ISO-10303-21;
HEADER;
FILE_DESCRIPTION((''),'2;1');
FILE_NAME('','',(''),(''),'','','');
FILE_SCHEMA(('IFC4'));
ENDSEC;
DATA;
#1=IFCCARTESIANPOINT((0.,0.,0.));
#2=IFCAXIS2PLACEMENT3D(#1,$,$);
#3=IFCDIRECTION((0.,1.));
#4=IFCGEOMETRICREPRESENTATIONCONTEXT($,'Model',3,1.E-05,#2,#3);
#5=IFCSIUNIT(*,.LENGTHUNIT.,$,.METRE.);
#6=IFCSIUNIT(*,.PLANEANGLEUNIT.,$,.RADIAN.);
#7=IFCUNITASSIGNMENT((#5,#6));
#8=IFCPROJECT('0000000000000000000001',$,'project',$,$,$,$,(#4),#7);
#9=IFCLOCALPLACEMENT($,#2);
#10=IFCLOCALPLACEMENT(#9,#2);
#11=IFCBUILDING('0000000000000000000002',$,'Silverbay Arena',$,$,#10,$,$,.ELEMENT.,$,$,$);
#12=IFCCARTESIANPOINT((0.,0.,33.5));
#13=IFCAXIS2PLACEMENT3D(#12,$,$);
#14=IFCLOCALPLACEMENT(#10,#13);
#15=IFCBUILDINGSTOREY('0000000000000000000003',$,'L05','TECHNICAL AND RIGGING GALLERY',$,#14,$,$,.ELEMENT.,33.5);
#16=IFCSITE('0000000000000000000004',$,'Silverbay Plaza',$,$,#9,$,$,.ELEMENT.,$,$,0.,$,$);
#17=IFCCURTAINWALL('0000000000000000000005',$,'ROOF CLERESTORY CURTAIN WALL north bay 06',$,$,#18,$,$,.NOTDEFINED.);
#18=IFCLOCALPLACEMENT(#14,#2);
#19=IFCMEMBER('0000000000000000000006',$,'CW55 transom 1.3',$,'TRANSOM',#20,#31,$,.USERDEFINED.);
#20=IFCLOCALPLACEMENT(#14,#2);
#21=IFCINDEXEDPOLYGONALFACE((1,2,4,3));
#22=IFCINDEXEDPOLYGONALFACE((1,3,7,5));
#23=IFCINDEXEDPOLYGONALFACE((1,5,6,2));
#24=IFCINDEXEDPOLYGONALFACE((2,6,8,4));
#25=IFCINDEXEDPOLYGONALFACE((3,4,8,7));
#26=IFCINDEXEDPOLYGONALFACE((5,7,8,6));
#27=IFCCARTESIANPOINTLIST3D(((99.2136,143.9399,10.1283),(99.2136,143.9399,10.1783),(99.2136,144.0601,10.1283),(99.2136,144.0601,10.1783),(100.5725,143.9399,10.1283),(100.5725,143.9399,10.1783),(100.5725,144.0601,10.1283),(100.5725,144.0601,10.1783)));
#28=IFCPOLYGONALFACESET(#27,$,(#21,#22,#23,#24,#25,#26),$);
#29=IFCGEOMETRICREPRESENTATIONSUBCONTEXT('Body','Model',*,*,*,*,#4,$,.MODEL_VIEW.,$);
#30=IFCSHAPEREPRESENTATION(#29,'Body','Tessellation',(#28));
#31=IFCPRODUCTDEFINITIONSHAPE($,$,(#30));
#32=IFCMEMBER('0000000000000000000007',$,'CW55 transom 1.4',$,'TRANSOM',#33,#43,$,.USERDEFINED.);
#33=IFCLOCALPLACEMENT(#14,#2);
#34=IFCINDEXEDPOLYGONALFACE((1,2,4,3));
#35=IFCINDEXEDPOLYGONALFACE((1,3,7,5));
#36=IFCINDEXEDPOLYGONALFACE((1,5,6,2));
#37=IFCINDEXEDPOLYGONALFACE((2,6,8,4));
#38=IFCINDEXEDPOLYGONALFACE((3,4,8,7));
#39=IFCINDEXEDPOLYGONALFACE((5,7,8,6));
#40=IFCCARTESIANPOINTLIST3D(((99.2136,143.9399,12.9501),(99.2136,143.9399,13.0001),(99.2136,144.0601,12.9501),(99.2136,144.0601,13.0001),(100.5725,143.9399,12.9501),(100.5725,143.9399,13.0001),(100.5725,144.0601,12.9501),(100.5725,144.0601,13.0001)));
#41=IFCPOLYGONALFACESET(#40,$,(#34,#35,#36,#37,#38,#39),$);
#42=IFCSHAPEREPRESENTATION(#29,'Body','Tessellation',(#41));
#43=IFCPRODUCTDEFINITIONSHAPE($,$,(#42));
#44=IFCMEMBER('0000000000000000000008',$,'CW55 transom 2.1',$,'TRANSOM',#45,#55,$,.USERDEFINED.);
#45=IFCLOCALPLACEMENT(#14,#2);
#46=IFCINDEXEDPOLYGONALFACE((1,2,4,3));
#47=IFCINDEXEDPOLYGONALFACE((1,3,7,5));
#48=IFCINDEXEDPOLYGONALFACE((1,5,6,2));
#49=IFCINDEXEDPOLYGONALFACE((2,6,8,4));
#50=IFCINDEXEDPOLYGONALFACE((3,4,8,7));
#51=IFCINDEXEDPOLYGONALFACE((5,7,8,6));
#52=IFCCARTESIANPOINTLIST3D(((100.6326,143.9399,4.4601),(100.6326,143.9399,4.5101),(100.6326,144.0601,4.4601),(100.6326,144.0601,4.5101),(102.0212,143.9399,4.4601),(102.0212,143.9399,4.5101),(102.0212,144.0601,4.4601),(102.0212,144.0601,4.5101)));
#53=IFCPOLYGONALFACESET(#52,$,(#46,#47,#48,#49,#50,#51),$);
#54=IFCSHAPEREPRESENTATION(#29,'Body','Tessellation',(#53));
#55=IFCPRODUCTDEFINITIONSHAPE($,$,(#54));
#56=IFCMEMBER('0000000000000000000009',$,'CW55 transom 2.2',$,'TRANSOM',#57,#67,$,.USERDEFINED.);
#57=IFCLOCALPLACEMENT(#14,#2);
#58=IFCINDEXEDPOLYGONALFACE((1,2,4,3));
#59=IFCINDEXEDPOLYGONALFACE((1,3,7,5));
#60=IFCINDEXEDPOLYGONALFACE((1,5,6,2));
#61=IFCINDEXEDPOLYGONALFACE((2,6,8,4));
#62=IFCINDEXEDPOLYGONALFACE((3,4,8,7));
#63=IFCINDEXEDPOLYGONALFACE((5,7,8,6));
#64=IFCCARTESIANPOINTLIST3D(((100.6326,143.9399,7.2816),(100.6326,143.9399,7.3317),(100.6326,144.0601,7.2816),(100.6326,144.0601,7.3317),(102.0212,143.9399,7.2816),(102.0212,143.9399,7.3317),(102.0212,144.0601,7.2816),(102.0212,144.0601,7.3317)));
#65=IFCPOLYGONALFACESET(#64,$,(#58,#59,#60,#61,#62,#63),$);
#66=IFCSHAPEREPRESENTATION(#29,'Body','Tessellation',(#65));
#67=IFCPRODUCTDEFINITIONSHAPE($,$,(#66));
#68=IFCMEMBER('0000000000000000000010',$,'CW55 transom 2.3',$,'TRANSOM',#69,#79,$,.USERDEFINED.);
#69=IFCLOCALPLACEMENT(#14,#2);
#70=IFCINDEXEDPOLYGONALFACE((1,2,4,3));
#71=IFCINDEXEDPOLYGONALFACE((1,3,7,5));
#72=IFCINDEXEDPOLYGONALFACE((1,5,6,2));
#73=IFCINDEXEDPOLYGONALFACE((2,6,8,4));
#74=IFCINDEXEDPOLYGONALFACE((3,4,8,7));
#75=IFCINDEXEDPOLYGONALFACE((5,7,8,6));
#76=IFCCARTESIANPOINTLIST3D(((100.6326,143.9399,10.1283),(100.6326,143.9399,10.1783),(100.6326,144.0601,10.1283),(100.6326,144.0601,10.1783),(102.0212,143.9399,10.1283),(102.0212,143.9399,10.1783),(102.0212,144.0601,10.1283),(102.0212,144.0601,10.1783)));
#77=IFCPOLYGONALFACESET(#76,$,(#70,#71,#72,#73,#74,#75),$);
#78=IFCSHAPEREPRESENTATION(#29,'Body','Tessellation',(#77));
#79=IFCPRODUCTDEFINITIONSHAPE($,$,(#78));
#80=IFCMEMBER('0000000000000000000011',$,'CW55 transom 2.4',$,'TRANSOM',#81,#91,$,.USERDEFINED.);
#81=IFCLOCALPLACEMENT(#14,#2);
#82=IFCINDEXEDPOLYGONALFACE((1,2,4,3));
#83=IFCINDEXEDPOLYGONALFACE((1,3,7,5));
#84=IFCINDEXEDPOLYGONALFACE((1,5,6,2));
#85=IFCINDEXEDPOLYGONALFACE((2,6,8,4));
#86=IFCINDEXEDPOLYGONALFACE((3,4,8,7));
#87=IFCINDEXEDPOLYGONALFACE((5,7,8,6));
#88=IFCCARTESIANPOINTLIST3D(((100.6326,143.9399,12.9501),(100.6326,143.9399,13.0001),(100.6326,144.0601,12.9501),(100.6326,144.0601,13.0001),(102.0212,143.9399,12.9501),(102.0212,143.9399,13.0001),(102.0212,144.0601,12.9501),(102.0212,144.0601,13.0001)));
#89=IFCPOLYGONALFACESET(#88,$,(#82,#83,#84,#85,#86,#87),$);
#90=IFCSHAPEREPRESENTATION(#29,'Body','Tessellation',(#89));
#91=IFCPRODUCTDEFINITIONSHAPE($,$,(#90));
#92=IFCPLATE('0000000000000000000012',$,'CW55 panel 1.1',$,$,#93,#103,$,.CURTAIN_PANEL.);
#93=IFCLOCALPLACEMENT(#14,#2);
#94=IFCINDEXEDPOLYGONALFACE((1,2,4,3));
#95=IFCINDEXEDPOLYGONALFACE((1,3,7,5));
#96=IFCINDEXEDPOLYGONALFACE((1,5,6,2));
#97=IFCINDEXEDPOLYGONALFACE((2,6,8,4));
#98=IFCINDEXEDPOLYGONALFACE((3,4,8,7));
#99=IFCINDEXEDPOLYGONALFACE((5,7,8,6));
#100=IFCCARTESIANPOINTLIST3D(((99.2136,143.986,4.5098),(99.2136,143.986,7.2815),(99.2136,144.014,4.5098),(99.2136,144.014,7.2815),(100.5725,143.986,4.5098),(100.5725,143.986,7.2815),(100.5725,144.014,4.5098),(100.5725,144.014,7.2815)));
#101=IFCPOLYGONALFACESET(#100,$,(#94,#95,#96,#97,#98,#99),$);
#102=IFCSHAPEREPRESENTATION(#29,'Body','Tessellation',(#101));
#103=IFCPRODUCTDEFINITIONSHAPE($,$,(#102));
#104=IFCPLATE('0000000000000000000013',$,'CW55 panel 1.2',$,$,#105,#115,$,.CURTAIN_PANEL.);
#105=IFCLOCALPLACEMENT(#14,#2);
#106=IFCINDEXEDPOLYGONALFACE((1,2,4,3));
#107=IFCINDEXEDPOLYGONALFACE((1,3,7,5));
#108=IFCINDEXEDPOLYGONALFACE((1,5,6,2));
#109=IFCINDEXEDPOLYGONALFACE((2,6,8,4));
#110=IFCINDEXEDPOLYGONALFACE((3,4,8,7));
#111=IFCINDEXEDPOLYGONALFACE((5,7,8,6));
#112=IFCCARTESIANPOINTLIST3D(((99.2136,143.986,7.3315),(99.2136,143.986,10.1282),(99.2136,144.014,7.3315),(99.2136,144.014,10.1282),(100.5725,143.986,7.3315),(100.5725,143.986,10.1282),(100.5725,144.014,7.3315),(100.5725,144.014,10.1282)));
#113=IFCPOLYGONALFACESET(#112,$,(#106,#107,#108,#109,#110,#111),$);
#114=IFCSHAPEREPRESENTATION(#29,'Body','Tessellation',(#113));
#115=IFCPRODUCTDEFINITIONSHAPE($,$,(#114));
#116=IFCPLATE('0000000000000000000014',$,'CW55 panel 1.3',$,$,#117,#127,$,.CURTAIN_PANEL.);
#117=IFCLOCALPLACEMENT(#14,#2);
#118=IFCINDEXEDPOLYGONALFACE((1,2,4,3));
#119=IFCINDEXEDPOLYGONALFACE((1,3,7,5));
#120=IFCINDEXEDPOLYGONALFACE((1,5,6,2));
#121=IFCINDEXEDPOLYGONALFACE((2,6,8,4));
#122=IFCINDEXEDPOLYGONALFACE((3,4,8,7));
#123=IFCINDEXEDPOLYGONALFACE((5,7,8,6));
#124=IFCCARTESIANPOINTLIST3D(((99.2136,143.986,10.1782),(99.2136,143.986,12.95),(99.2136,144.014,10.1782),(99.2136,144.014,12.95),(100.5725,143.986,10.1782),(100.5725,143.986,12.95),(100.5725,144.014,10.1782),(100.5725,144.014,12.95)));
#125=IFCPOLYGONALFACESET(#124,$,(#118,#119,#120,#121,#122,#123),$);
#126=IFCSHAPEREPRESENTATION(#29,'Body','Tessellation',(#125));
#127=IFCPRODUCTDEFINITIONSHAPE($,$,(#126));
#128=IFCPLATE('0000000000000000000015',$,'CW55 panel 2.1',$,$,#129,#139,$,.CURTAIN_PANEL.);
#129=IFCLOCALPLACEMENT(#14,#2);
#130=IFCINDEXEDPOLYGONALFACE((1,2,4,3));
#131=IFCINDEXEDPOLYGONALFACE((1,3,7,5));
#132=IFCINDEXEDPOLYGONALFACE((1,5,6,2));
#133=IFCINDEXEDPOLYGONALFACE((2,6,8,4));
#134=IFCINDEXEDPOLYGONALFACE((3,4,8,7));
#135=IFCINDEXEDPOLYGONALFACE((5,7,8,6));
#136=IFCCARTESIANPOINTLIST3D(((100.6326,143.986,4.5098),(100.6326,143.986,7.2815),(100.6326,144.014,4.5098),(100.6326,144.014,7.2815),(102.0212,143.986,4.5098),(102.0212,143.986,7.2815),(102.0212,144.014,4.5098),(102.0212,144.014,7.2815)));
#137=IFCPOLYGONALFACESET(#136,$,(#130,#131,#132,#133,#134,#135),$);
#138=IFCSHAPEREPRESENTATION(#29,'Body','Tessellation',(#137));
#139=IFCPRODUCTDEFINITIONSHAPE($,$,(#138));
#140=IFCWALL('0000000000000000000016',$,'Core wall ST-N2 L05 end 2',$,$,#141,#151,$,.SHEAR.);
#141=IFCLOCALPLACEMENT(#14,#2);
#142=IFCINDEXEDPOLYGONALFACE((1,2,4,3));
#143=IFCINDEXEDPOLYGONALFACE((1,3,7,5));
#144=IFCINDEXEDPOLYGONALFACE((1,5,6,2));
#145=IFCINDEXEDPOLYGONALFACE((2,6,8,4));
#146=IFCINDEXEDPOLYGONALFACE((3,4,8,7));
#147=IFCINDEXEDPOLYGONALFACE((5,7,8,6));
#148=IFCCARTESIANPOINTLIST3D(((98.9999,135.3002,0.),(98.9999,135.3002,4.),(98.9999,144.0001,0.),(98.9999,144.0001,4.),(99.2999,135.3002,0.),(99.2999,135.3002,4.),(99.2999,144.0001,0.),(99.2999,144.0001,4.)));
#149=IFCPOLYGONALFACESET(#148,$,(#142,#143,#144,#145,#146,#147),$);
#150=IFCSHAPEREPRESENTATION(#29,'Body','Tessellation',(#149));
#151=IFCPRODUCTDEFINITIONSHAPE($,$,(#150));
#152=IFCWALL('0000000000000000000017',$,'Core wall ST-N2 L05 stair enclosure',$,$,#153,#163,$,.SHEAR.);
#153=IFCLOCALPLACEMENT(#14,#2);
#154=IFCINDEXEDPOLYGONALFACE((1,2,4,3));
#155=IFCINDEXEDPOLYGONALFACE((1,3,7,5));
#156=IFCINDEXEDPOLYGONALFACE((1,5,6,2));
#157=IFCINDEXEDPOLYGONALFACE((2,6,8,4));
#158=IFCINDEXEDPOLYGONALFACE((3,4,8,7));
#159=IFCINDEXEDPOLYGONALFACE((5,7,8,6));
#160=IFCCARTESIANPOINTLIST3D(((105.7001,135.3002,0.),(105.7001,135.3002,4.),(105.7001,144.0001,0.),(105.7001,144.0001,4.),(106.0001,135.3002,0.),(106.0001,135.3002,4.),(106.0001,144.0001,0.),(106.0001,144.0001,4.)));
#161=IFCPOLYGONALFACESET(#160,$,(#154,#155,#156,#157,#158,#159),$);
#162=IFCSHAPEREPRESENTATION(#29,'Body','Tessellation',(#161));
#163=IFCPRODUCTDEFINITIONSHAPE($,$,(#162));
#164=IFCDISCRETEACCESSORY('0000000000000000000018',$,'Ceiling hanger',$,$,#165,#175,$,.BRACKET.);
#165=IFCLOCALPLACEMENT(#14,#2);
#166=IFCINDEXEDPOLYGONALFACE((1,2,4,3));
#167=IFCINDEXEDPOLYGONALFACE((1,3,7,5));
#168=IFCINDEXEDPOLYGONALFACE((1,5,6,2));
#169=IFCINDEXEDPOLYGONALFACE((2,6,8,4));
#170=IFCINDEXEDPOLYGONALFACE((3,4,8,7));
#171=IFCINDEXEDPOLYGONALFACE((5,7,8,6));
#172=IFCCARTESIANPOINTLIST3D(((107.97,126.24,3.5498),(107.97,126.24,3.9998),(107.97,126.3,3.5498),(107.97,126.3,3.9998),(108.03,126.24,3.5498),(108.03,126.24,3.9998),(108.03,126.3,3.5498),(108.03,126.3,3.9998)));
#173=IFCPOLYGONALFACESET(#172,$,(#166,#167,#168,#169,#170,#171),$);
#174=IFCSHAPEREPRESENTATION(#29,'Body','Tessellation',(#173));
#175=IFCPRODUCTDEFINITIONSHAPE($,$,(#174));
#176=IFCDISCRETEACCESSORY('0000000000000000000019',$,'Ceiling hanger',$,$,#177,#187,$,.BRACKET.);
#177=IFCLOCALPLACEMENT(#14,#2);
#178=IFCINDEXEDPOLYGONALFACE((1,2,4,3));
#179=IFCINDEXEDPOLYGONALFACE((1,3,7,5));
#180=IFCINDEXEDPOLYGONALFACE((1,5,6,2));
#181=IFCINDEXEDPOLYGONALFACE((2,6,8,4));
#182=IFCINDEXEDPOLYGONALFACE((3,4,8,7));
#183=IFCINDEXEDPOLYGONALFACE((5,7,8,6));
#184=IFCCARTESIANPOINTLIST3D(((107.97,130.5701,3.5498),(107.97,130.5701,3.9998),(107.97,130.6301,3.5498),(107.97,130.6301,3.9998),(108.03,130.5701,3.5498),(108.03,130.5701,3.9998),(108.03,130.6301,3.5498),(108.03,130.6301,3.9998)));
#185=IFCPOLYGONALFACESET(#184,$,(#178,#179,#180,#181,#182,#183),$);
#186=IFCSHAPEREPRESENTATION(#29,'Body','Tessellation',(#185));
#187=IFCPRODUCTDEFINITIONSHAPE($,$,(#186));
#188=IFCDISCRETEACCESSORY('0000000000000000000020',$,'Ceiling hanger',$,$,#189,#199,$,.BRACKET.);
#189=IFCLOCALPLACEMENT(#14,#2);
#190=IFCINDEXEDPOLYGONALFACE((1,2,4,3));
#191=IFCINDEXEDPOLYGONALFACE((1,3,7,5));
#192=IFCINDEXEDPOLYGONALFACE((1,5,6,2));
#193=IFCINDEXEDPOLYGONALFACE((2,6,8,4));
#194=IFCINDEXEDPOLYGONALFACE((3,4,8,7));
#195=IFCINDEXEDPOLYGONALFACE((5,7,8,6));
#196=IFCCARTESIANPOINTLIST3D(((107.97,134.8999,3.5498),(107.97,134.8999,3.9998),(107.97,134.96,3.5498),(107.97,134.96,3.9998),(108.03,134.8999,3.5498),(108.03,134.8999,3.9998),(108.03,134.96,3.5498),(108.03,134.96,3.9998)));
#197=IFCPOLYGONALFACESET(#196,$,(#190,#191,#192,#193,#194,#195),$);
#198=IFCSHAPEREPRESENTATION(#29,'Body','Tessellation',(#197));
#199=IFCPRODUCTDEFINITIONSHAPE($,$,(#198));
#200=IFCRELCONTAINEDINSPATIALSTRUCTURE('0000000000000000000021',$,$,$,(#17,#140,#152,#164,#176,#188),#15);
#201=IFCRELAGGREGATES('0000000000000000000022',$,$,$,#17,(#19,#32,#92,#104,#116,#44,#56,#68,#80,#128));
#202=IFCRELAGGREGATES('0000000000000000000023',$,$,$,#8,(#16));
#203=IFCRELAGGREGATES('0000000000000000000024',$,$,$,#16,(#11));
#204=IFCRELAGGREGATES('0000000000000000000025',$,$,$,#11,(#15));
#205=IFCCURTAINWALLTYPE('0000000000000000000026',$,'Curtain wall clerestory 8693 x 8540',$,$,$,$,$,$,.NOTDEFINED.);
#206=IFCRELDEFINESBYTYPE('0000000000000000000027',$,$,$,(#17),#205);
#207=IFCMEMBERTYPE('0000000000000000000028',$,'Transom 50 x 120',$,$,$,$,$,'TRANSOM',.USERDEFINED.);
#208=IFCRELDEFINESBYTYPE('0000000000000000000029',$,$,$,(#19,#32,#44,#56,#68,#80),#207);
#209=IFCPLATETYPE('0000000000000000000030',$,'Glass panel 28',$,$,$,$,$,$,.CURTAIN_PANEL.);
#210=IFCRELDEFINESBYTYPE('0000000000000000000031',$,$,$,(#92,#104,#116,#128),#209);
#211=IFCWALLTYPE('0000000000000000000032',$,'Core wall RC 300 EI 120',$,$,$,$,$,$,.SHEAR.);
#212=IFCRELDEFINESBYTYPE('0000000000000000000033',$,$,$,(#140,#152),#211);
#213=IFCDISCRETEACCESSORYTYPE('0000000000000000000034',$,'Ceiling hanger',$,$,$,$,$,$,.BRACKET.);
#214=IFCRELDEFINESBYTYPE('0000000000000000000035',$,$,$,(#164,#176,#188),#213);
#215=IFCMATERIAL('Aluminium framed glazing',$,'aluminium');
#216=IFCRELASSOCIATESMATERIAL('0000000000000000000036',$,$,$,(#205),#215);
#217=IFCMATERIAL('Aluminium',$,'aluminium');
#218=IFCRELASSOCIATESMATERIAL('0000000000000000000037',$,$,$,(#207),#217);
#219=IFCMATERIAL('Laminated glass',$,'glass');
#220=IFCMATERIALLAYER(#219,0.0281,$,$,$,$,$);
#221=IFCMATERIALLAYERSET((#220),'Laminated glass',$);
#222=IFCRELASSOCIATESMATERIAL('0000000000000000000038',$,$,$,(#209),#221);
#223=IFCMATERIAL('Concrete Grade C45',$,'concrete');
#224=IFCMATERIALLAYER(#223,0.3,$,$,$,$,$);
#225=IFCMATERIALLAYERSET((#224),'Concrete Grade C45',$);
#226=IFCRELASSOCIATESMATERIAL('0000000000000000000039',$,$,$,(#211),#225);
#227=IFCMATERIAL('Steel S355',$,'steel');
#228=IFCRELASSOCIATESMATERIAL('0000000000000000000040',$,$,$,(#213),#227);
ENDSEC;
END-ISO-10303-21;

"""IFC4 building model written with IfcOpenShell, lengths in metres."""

from ifc_helpers import new_model, si_unit, direction, frame, frame_2d, origin, origin_2d, place, context, subcontext, project, spatial, rectangle, extrude, material, layer, layer_set, material_profile, profile_set, type_object, element, aggregate, save


model = new_model("IFC4")

# Units and contexts
model_context = context("Model", 3, precision=1e-05, world=origin(), true_north=direction((0.0, 1.0)))
body_context = subcontext(model_context, "Body", "Model", "MODEL_VIEW")
ifc_project = project(units=[si_unit("LENGTHUNIT", "METRE"), si_unit("PLANEANGLEUNIT", "RADIAN")], contexts=[model_context])

# Site, building, storey
site_placement = place(None, origin())
site = spatial("IfcSite", under=ifc_project, at=site_placement, Name="Silverbay Plaza", CompositionType="ELEMENT", RefElevation=0.0)
building_placement = place(site_placement, origin())
building = spatial("IfcBuilding", under=site, at=building_placement, Name="Silverbay Arena", CompositionType="ELEMENT")
storey_placement = place(building_placement, frame((0.0, 0.0, 33.5)))
storey = spatial("IfcBuildingStorey", under=building, at=storey_placement, Name="L05", Description="TECHNICAL AND RIGGING GALLERY", CompositionType="ELEMENT", Elevation=33.5)

# Curtain wall
ifc_material_1 = material(Name="Aluminium framed glazing", Category="aluminium")
curtain_wall_type = type_object("IfcCurtainWallType", Name="Curtain wall clerestory 8693 x 8540", PredefinedType="NOTDEFINED", material=ifc_material_1)
curtain_wall_placement = place(storey_placement, origin())
curtain_wall = element("IfcCurtainWall", 1, at=curtain_wall_placement, inside=storey, type_object=curtain_wall_type, Name="ROOF CLERESTORY CURTAIN WALL north bay 06", PredefinedType="NOTDEFINED")

# Members
ifc_material_2 = material(Name="Aluminium", Category="aluminium")
ifc_material_profile_1 = material_profile(ifc_material_2, rectangle(XDim=0.1201, YDim=0.05, at=origin_2d()), Name="Transom 50 x 120")
ifc_profile_set_1 = profile_set([ifc_material_profile_1], Name="Aluminium")
member_type_1 = type_object("IfcMemberType", Name="Transom 50 x 120", ElementType="TRANSOM", PredefinedType="USERDEFINED", material=ifc_profile_set_1)
member_1_placement = place(storey_placement, frame((99.2136, 144.0, 10.1533), z_axis=(1.0, 0.0, 0.0), x_axis=(0.0, 1.0, 0.0)))
member_1 = element("IfcMember", 2, at=member_1_placement, type_object=member_type_1, Name="CW55 transom 1.3", ObjectType="TRANSOM", PredefinedType="USERDEFINED", context=body_context, shape_type="SweptSolid", body=[
    extrude(rectangle(XDim=0.1201, YDim=0.05, at=origin_2d()), origin(), (0.0, 0.0, 1.0), 1.3589),
])
member_2_placement = place(storey_placement, frame((99.2136, 144.0, 12.9751), z_axis=(1.0, 0.0, 0.0), x_axis=(0.0, 1.0, 0.0)))
member_2 = element("IfcMember", 3, at=member_2_placement, type_object=member_type_1, Name="CW55 transom 1.4", ObjectType="TRANSOM", PredefinedType="USERDEFINED", context=body_context, shape_type="SweptSolid", body=[
    extrude(rectangle(XDim=0.1201, YDim=0.05, at=origin_2d()), origin(), (0.0, 0.0, 1.0), 1.3589),
])
member_3_placement = place(storey_placement, frame((100.6326, 144.0, 4.4851), z_axis=(1.0, 0.0, 0.0), x_axis=(0.0, 1.0, 0.0)))
member_3 = element("IfcMember", 4, at=member_3_placement, type_object=member_type_1, Name="CW55 transom 2.1", ObjectType="TRANSOM", PredefinedType="USERDEFINED", context=body_context, shape_type="SweptSolid", body=[
    extrude(rectangle(XDim=0.1201, YDim=0.05, at=origin_2d()), origin(), (0.0, 0.0, 1.0), 1.3887),
])
member_4_placement = place(storey_placement, frame((100.6326, 144.0, 7.3066), z_axis=(1.0, 0.0, 0.0), x_axis=(0.0, 1.0, 0.0)))
member_4 = element("IfcMember", 5, at=member_4_placement, type_object=member_type_1, Name="CW55 transom 2.2", ObjectType="TRANSOM", PredefinedType="USERDEFINED", context=body_context, shape_type="SweptSolid", body=[
    extrude(rectangle(XDim=0.1201, YDim=0.05, at=origin_2d()), origin(), (0.0, 0.0, 1.0), 1.3887),
])
member_5_placement = place(storey_placement, frame((100.6326, 144.0, 10.1533), z_axis=(1.0, 0.0, 0.0), x_axis=(0.0, 1.0, 0.0)))
member_5 = element("IfcMember", 6, at=member_5_placement, type_object=member_type_1, Name="CW55 transom 2.3", ObjectType="TRANSOM", PredefinedType="USERDEFINED", context=body_context, shape_type="SweptSolid", body=[
    extrude(rectangle(XDim=0.1201, YDim=0.05, at=origin_2d()), origin(), (0.0, 0.0, 1.0), 1.3887),
])
member_6_placement = place(storey_placement, frame((100.6326, 144.0, 12.9751), z_axis=(1.0, 0.0, 0.0), x_axis=(0.0, 1.0, 0.0)))
member_6 = element("IfcMember", 7, at=member_6_placement, type_object=member_type_1, Name="CW55 transom 2.4", ObjectType="TRANSOM", PredefinedType="USERDEFINED", context=body_context, shape_type="SweptSolid", body=[
    extrude(rectangle(XDim=0.1201, YDim=0.05, at=origin_2d()), origin(), (0.0, 0.0, 1.0), 1.3887),
])

# Plates
ifc_material_3 = material(Name="Laminated glass", Category="glass")
ifc_layer_1 = layer(ifc_material_3, 0.0281)
ifc_layer_set_1 = layer_set([ifc_layer_1], Name="Laminated glass")
plate_type = type_object("IfcPlateType", Name="Glass panel 28", PredefinedType="CURTAIN_PANEL", material=ifc_layer_set_1)
plate_1_placement = place(storey_placement, frame((99.8931, 144.0, 4.5098), z_axis=(0.0, 0.0, 1.0), x_axis=(1.0, 0.0, 0.0)))
plate_1 = element("IfcPlate", 8, at=plate_1_placement, type_object=plate_type, Name="CW55 panel 1.1", PredefinedType="CURTAIN_PANEL", context=body_context, shape_type="SweptSolid", body=[
    extrude(rectangle(XDim=1.3589, YDim=0.0281, at=origin_2d()), origin(), (0.0, 0.0, 1.0), 2.7717),
])
plate_2_placement = place(storey_placement, frame((99.8931, 144.0, 7.3315), z_axis=(0.0, 0.0, 1.0), x_axis=(1.0, 0.0, 0.0)))
plate_2 = element("IfcPlate", 9, at=plate_2_placement, type_object=plate_type, Name="CW55 panel 1.2", PredefinedType="CURTAIN_PANEL", context=body_context, shape_type="SweptSolid", body=[
    extrude(rectangle(XDim=1.3589, YDim=0.0281, at=origin_2d()), origin(), (0.0, 0.0, 1.0), 2.7966),
])
plate_3_placement = place(storey_placement, frame((99.8931, 144.0, 10.1782), z_axis=(0.0, 0.0, 1.0), x_axis=(1.0, 0.0, 0.0)))
plate_3 = element("IfcPlate", 10, at=plate_3_placement, type_object=plate_type, Name="CW55 panel 1.3", PredefinedType="CURTAIN_PANEL", context=body_context, shape_type="SweptSolid", body=[
    extrude(rectangle(XDim=1.3589, YDim=0.0281, at=origin_2d()), origin(), (0.0, 0.0, 1.0), 2.7717),
])
plate_4_placement = place(storey_placement, frame((101.3269, 144.0, 4.5098), z_axis=(0.0, 0.0, 1.0), x_axis=(1.0, 0.0, 0.0)))
plate_4 = element("IfcPlate", 11, at=plate_4_placement, type_object=plate_type, Name="CW55 panel 2.1", PredefinedType="CURTAIN_PANEL", context=body_context, shape_type="SweptSolid", body=[
    extrude(rectangle(XDim=1.3887, YDim=0.0281, at=origin_2d()), origin(), (0.0, 0.0, 1.0), 2.7717),
])
aggregate(curtain_wall, [member_1, member_2, plate_1, plate_2, plate_3, member_3, member_4, member_5, member_6, plate_4])

# Walls
ifc_material_4 = material(Name="Concrete Grade C45", Category="concrete")
ifc_layer_2 = layer(ifc_material_4, 0.3)
ifc_layer_set_2 = layer_set([ifc_layer_2], Name="Concrete Grade C45")
wall_type = type_object("IfcWallType", Name="Core wall RC 300 EI 120", PredefinedType="SHEAR", material=ifc_layer_set_2)
for number, where, z_axis, x_axis, name in (
    (12, (99.1499, 135.3, 0.0), (0.0, 0.0, 1.0), (0.0, 1.0, 0.0), "Core wall ST-N2 L05 end 2"),
    (13, (105.8501, 135.3, 0.0), (0.0, 0.0, 1.0), (0.0, 1.0, 0.0), "Core wall ST-N2 L05 stair enclosure"),
):
    element("IfcWall", number, at=place(storey_placement, frame(where, z_axis=z_axis, x_axis=x_axis)), inside=storey, type_object=wall_type, Name=name, PredefinedType="SHEAR", context=body_context, shape_type="SweptSolid", body=[
        extrude(rectangle(XDim=8.7, YDim=0.3, at=frame_2d((4.3501, 0.0))), origin(), (0.0, 0.0, 1.0), 4.0),
    ])

# Discrete accessories
ifc_material_5 = material(Name="Steel S355", Category="steel")
discrete_accessory_type = type_object("IfcDiscreteAccessoryType", Name="Ceiling hanger", PredefinedType="BRACKET", material=ifc_material_5)
for number, where, z_axis, x_axis, name in (
    (14, (108.0, 126.27, 3.5498), (0.0, 0.0, 1.0), (1.0, 0.0, 0.0), "Ceiling hanger"),
    (15, (108.0, 130.6001, 3.5498), (0.0, 0.0, 1.0), (1.0, 0.0, 0.0), "Ceiling hanger"),
    (16, (108.0, 134.9299, 3.5498), (0.0, 0.0, 1.0), (1.0, 0.0, 0.0), "Ceiling hanger"),
):
    element("IfcDiscreteAccessory", number, at=place(storey_placement, frame(where, z_axis=z_axis, x_axis=x_axis)), inside=storey, type_object=discrete_accessory_type, Name=name, PredefinedType="BRACKET", context=body_context, shape_type="SweptSolid", body=[
        extrude(rectangle(XDim=0.0601, YDim=0.0601, at=origin_2d()), origin(), (0.0, 0.0, 1.0), 0.45),
    ])

save(model, "model.ifc")
